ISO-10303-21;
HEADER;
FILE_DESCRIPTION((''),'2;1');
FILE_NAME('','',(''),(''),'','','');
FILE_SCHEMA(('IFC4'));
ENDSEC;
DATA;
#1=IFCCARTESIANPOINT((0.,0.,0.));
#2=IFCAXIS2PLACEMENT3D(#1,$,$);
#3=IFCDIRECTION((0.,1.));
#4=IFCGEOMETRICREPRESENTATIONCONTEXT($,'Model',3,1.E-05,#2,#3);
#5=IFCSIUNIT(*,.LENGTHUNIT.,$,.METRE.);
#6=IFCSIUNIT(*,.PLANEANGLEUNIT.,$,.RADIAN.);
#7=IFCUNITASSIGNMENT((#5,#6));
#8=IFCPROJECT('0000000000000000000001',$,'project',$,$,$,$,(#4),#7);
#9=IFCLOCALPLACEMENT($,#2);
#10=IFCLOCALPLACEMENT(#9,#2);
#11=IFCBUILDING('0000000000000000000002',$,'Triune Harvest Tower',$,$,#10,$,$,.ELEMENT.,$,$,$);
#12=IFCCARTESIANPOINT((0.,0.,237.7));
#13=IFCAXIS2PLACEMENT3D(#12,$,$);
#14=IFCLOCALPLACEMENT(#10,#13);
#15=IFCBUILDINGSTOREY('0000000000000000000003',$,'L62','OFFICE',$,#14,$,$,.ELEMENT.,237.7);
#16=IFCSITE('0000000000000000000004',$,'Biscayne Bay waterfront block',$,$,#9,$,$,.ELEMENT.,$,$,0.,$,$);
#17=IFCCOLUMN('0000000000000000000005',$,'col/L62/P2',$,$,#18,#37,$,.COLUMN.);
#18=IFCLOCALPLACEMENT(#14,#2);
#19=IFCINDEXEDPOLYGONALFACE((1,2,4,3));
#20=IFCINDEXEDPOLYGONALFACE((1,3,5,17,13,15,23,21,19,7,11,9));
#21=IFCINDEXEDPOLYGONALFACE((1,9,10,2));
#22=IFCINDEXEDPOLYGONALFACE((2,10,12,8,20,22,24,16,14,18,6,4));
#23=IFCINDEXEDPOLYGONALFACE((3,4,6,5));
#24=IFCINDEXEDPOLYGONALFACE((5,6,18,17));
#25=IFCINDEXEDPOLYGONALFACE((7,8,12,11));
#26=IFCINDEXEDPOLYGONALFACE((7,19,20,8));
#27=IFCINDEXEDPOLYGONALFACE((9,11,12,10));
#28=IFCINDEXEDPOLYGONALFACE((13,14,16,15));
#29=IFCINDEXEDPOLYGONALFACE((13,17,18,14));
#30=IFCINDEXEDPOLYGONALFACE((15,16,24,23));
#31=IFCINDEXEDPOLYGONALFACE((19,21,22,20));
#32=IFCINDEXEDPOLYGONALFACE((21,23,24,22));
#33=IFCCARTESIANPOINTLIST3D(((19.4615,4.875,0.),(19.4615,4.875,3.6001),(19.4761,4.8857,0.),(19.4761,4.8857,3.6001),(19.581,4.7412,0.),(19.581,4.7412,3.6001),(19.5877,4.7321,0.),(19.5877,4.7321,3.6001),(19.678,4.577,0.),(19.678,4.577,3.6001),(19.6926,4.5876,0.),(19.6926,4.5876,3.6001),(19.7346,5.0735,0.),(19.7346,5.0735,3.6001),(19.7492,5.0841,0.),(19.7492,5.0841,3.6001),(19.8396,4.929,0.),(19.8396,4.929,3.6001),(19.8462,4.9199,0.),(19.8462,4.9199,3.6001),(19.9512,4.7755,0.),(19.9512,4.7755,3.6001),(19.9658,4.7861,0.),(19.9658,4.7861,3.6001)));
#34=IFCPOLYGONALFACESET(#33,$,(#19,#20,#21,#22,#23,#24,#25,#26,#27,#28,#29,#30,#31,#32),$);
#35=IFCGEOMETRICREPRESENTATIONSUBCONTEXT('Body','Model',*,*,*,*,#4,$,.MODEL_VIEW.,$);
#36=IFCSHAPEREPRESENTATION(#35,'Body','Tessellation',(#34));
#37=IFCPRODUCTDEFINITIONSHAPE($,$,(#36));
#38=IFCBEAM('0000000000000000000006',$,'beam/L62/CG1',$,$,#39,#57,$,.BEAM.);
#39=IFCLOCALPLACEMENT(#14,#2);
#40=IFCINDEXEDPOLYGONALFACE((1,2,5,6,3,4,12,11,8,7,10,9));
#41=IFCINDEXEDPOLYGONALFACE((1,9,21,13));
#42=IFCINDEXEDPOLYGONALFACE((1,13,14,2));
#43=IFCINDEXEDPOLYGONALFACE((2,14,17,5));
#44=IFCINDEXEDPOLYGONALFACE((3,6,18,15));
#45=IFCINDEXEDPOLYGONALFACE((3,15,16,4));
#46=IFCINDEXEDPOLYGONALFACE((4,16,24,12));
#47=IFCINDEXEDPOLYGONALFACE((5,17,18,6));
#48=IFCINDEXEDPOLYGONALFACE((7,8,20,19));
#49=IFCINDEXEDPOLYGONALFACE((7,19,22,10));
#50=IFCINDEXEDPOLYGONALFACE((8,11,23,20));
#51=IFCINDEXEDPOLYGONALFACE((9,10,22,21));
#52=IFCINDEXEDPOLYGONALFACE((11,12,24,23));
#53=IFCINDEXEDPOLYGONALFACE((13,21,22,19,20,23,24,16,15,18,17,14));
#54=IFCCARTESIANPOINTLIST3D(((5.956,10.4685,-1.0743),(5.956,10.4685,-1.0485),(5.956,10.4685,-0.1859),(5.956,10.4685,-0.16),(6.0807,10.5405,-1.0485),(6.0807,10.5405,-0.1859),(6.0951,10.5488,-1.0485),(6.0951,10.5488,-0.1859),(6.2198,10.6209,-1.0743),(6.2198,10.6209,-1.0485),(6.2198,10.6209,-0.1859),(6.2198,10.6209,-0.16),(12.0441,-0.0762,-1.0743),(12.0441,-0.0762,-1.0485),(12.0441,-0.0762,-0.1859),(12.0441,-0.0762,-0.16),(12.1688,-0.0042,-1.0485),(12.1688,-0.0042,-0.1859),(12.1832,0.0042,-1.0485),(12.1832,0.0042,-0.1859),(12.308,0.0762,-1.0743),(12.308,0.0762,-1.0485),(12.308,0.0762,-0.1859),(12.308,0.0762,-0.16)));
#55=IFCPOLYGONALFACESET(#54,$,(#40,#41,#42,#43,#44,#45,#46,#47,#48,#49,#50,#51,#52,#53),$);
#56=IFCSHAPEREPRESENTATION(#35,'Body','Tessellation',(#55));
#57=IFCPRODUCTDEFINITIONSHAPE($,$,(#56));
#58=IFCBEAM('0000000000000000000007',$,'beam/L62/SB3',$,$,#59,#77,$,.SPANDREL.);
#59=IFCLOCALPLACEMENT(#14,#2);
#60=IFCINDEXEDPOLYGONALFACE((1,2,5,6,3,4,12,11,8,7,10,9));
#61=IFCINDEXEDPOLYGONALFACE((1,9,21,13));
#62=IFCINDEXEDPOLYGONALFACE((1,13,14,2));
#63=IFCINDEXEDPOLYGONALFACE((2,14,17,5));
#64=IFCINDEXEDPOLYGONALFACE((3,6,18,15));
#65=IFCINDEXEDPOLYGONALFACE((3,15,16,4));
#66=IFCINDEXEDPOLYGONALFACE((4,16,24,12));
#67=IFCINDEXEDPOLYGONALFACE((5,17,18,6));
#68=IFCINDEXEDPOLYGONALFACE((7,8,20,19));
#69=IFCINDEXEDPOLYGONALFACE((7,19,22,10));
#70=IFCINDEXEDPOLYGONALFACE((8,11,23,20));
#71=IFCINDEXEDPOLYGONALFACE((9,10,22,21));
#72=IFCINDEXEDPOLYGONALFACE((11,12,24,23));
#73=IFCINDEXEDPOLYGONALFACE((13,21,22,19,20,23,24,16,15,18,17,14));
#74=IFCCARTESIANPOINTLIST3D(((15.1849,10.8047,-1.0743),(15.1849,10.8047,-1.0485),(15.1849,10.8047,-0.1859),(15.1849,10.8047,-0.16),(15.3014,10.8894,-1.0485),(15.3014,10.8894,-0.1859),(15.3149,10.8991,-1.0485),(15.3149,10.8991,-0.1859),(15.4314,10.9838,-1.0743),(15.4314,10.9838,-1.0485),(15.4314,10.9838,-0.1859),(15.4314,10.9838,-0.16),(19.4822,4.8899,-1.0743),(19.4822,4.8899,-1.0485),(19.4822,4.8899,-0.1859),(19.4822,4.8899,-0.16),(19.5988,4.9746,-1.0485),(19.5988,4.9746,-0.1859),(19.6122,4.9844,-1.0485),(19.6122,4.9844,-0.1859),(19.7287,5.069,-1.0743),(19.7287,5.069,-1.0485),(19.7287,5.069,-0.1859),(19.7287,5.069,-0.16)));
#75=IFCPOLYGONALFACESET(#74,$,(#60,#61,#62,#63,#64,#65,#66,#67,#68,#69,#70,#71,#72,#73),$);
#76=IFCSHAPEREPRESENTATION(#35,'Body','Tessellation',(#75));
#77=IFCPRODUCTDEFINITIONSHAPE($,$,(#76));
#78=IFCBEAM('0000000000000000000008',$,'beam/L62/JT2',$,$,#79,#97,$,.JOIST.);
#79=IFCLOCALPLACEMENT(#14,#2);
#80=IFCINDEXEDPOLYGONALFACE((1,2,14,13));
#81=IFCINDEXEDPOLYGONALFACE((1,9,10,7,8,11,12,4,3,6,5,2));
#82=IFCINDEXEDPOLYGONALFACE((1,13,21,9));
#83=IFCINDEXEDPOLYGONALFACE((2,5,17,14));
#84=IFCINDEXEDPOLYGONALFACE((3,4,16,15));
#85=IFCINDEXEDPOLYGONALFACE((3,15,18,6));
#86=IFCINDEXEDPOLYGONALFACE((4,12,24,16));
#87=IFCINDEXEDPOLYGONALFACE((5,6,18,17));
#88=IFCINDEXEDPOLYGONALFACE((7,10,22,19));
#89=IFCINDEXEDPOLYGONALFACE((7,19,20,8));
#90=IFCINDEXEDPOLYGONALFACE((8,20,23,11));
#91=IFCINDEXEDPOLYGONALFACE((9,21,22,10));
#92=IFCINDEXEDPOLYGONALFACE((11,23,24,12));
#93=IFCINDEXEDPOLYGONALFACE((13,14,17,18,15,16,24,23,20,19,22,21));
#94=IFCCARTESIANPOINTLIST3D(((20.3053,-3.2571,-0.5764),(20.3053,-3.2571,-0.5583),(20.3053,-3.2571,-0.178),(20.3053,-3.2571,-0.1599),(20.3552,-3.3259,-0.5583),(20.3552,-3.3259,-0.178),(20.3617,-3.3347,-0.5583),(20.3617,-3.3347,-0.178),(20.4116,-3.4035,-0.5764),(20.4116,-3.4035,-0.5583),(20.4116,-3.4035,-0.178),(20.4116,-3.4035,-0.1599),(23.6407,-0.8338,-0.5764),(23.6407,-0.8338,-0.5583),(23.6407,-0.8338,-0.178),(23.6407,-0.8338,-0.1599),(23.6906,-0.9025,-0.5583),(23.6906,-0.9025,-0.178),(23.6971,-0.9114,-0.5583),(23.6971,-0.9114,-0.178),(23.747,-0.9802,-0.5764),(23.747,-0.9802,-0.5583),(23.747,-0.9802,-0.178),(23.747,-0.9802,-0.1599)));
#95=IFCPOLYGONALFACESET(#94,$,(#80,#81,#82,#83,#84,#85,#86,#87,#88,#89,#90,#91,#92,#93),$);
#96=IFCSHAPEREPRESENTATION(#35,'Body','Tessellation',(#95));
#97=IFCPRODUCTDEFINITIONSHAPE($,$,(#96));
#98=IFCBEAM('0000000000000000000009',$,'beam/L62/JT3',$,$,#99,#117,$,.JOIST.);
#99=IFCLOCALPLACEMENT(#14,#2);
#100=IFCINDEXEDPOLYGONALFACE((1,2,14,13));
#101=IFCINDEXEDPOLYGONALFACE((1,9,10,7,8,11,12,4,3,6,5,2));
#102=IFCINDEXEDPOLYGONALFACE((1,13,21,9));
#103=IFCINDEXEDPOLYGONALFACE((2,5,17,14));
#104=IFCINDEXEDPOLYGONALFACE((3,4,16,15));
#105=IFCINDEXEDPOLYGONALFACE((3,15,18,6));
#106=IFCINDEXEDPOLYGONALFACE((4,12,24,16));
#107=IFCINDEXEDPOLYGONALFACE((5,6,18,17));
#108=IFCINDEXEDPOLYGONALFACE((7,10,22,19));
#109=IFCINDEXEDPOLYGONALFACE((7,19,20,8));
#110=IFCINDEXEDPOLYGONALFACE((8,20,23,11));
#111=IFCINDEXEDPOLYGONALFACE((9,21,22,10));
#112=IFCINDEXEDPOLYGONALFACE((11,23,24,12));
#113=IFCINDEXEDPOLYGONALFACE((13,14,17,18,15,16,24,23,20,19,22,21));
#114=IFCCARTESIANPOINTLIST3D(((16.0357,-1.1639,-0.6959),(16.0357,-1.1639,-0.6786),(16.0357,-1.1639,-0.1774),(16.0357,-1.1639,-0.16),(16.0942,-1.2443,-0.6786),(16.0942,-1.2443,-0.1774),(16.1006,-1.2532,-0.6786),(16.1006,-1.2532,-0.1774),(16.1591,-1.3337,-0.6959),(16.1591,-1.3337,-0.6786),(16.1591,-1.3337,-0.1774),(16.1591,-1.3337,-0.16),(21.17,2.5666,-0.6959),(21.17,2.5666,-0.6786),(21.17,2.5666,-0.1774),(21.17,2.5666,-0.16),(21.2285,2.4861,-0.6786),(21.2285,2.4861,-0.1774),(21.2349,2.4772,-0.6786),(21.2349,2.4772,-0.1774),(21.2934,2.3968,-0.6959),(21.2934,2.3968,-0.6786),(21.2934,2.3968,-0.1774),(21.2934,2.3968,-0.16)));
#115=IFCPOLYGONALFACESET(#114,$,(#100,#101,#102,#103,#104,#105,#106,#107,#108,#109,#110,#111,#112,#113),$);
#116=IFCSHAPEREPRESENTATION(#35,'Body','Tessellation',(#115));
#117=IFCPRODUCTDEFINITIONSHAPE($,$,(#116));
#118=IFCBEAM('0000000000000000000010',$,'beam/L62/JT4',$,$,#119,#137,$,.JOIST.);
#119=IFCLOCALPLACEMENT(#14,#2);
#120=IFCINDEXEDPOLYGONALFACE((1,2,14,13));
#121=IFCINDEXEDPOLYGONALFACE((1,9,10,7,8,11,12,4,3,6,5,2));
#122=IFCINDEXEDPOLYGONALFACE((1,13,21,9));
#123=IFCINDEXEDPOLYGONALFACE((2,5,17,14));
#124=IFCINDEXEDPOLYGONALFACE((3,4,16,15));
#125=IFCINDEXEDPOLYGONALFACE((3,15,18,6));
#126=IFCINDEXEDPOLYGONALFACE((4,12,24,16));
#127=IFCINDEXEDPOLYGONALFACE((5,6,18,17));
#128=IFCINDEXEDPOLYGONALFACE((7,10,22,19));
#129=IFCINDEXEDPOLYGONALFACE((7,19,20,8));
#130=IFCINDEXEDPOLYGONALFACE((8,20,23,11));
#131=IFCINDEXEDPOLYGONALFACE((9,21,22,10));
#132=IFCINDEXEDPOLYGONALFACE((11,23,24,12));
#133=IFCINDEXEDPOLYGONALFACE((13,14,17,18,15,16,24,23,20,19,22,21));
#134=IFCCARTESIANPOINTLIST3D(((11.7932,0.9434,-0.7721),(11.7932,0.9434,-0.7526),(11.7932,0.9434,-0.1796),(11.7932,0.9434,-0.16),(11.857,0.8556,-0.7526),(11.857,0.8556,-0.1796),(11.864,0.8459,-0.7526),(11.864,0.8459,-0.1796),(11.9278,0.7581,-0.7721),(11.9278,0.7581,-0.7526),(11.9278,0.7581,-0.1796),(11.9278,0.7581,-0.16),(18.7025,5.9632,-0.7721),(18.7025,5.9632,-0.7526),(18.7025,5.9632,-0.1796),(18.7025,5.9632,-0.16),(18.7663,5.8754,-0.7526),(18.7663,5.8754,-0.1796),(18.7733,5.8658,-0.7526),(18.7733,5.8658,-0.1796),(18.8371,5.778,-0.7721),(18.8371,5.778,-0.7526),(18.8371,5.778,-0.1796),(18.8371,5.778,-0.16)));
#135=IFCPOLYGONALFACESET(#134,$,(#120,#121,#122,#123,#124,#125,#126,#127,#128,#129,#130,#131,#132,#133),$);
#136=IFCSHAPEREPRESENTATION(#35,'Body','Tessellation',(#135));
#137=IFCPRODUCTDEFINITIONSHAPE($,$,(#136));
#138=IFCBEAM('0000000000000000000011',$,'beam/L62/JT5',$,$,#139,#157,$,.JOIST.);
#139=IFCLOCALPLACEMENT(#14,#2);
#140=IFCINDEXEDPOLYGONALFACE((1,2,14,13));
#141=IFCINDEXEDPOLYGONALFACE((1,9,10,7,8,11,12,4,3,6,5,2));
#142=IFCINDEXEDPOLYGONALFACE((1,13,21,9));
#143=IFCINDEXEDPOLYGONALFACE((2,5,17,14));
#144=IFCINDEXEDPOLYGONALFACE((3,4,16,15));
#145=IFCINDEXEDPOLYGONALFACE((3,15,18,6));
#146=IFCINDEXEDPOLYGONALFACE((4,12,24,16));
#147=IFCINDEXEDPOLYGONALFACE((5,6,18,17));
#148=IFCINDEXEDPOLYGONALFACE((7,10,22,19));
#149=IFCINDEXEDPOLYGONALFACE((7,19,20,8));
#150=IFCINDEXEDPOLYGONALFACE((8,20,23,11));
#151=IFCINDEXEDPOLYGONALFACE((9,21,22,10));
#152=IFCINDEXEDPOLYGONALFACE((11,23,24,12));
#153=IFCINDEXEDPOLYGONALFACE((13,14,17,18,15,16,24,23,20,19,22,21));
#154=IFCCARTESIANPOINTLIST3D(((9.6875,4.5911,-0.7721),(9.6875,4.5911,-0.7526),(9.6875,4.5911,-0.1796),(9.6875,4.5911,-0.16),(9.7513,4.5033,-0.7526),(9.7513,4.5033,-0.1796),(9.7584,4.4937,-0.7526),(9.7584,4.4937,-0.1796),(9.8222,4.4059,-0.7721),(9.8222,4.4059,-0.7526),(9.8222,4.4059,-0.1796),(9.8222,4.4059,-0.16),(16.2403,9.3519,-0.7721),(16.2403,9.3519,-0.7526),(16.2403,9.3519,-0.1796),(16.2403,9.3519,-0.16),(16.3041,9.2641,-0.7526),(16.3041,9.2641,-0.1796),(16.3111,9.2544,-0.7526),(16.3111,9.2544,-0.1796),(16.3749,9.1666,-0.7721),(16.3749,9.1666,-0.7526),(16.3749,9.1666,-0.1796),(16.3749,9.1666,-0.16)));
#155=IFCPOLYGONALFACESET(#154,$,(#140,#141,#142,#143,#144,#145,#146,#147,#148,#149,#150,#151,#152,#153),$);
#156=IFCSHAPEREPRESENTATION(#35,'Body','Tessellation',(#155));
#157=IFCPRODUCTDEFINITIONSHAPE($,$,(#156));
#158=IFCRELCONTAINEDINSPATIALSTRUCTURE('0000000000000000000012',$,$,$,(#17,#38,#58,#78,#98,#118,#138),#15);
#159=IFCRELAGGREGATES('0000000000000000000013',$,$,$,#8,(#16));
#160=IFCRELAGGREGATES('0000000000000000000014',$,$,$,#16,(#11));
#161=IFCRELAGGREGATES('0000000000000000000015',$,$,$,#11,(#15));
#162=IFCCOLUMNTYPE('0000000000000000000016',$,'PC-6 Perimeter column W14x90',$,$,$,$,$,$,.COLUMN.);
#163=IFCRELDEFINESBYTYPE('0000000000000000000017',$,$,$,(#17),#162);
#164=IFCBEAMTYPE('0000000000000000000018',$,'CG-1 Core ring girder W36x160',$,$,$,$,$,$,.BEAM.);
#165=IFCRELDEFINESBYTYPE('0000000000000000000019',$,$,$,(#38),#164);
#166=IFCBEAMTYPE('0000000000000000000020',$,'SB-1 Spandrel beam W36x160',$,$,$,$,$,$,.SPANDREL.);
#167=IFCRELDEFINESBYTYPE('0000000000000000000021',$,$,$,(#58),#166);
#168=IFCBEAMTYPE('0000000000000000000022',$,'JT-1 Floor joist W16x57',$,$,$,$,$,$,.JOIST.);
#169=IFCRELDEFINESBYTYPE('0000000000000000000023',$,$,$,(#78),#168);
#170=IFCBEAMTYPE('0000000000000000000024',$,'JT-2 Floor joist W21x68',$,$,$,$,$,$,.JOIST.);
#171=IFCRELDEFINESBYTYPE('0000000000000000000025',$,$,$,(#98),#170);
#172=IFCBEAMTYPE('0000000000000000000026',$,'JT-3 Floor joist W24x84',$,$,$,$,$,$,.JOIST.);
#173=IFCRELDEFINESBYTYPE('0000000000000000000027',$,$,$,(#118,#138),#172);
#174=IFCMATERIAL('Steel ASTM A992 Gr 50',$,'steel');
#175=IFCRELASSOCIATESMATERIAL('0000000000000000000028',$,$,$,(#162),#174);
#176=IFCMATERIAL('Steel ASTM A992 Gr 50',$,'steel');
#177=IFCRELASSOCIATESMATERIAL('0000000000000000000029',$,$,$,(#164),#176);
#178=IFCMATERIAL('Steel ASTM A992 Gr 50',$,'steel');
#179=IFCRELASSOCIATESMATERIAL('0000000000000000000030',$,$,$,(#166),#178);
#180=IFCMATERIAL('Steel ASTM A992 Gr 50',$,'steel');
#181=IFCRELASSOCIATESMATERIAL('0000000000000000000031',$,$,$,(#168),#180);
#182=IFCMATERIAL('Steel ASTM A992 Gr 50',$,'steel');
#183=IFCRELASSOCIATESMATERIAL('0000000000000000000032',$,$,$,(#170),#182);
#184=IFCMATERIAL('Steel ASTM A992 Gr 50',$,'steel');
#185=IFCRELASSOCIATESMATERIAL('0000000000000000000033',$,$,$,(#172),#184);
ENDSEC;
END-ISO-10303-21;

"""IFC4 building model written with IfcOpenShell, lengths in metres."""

from ifc_helpers import new_model, si_unit, direction, frame, origin, origin_2d, place, context, subcontext, project, spatial, i_section, extrude, source, transform, mapped, material, material_profile, profile_set, type_object, element, save


model = new_model("IFC4")

# Units and contexts
model_context = context("Model", 3, precision=1e-05, world=origin(), true_north=direction((0.0, 1.0)))
body_context = subcontext(model_context, "Body", "Model", "MODEL_VIEW")
ifc_project = project(units=[si_unit("LENGTHUNIT", "METRE"), si_unit("PLANEANGLEUNIT", "RADIAN")], contexts=[model_context])

# Site, building, storey
site_placement = place(None, origin())
site = spatial("IfcSite", under=ifc_project, at=site_placement, Name="Biscayne Bay waterfront block", CompositionType="ELEMENT", RefElevation=0.0)
building_placement = place(site_placement, origin())
building = spatial("IfcBuilding", under=site, at=building_placement, Name="Triune Harvest Tower", CompositionType="ELEMENT")
storey_placement = place(building_placement, frame((0.0, 0.0, 237.7)))
storey = spatial("IfcBuildingStorey", under=building, at=storey_placement, Name="L62", Description="OFFICE", CompositionType="ELEMENT", Elevation=237.7)

# Column
ifc_material_1 = material(Name="Steel ASTM A992 Gr 50", Category="steel")
ifc_material_profile_1 = material_profile(ifc_material_1, i_section(OverallWidth=0.3684, OverallDepth=0.3557, WebThickness=0.0112, FlangeThickness=0.0181, at=origin_2d()), Name="W14x90")
ifc_profile_set_1 = profile_set([ifc_material_profile_1], Name="Steel ASTM A992 Gr 50")
column_type = type_object("IfcColumnType", Name="PC-6 Perimeter column W14x90", PredefinedType="COLUMN", material=ifc_profile_set_1)
shared_shape_1 = source(origin(), body_context, "Body", "SweptSolid", [
    extrude(i_section(OverallWidth=0.3684, OverallDepth=0.3557, WebThickness=0.0112, FlangeThickness=0.0181, at=origin_2d()), origin(), (0.0, 0.0, 1.0), 3.6001),
])
column_placement = place(storey_placement, frame((19.7136, 4.8306, 0.0), z_axis=(0.0, 0.0, 1.0), x_axis=(-0.587785, 0.809017, 0.0)))
element("IfcColumn", 1, at=column_placement, inside=storey, type_object=column_type, Name="col/L62/P2", PredefinedType="COLUMN", context=body_context, shape_type="MappedRepresentation", body=[
    mapped(shared_shape_1, transform((0.0, 0.0, 0.0), scale=1.0)),
])

# Beams
ifc_material_2 = material(Name="Steel ASTM A992 Gr 50", Category="steel")
ifc_material_profile_2 = material_profile(ifc_material_2, i_section(OverallWidth=0.3047, OverallDepth=0.9143, WebThickness=0.0166, FlangeThickness=0.0259, at=origin_2d()), Name="W36x160")
ifc_profile_set_2 = profile_set([ifc_material_profile_2], Name="Steel ASTM A992 Gr 50")
beam_type_1 = type_object("IfcBeamType", Name="CG-1 Core ring girder W36x160", PredefinedType="BEAM", material=ifc_profile_set_2)
shared_shape_2 = source(origin(), body_context, "Body", "SweptSolid", [
    extrude(i_section(OverallWidth=0.3047, OverallDepth=0.9143, WebThickness=0.0166, FlangeThickness=0.0259, at=origin_2d()), origin(), (0.0, 0.0, 1.0), 12.176),
])
beam_1_placement = place(storey_placement, frame((12.176, 0.0, -0.6172), z_axis=(-0.50001, 0.86602, 0.0), x_axis=(-0.86602, -0.50001, 0.0)))
element("IfcBeam", 2, at=beam_1_placement, inside=storey, type_object=beam_type_1, Name="beam/L62/CG1", PredefinedType="BEAM", context=body_context, shape_type="MappedRepresentation", body=[
    mapped(shared_shape_2, transform((0.0, 0.0, 0.0), scale=1.0)),
])
ifc_material_3 = material(Name="Steel ASTM A992 Gr 50", Category="steel")
ifc_material_profile_3 = material_profile(ifc_material_3, i_section(OverallWidth=0.3047, OverallDepth=0.9143, WebThickness=0.0166, FlangeThickness=0.0259, at=origin_2d()), Name="W36x160")
ifc_profile_set_3 = profile_set([ifc_material_profile_3], Name="Steel ASTM A992 Gr 50")
beam_type_2 = type_object("IfcBeamType", Name="SB-1 Spandrel beam W36x160", PredefinedType="SPANDREL", material=ifc_profile_set_3)
shared_shape_3 = source(origin(), body_context, "Body", "SweptSolid", [
    extrude(i_section(OverallWidth=0.3047, OverallDepth=0.9143, WebThickness=0.0166, FlangeThickness=0.0259, at=origin_2d()), origin(), (0.0, 0.0, 1.0), 7.311),
])
beam_2_placement = place(storey_placement, frame((19.6055, 4.9795, -0.6172), z_axis=(-0.587786, 0.809016, 0.0), x_axis=(-0.809016, -0.587786, 0.0)))
element("IfcBeam", 3, at=beam_2_placement, inside=storey, type_object=beam_type_2, Name="beam/L62/SB3", PredefinedType="SPANDREL", context=body_context, shape_type="MappedRepresentation", body=[
    mapped(shared_shape_3, transform((0.0, 0.0, 0.0), scale=1.0)),
])
ifc_material_4 = material(Name="Steel ASTM A992 Gr 50", Category="steel")
ifc_material_profile_4 = material_profile(ifc_material_4, i_section(OverallWidth=0.1809, OverallDepth=0.4165, WebThickness=0.011, FlangeThickness=0.0181, at=origin_2d()), Name="W16x57")
ifc_profile_set_4 = profile_set([ifc_material_profile_4], Name="Steel ASTM A992 Gr 50")
beam_type_3 = type_object("IfcBeamType", Name="JT-1 Floor joist W16x57", PredefinedType="JOIST", material=ifc_profile_set_4)
shared_shape_4 = source(origin(), body_context, "Body", "SweptSolid", [
    extrude(i_section(OverallWidth=0.1809, OverallDepth=0.4165, WebThickness=0.011, FlangeThickness=0.0181, at=origin_2d()), origin(), (0.0, 0.0, 1.0), 4.1228),
])
beam_3_placement = place(storey_placement, frame((23.6938, -0.907, -0.3682), z_axis=(-0.809018, -0.587784, 0.0), x_axis=(0.587784, -0.809018, 0.0)))
element("IfcBeam", 4, at=beam_3_placement, inside=storey, type_object=beam_type_3, Name="beam/L62/JT2", PredefinedType="JOIST", context=body_context, shape_type="MappedRepresentation", body=[
    mapped(shared_shape_4, transform((0.0, 0.0, 0.0), scale=1.0)),
])
ifc_material_5 = material(Name="Steel ASTM A992 Gr 50", Category="steel")
ifc_material_profile_5 = material_profile(ifc_material_5, i_section(OverallWidth=0.21, OverallDepth=0.5359, WebThickness=0.011, FlangeThickness=0.0173, at=origin_2d()), Name="W21x68")
ifc_profile_set_5 = profile_set([ifc_material_profile_5], Name="Steel ASTM A992 Gr 50")
beam_type_4 = type_object("IfcBeamType", Name="JT-2 Floor joist W21x68", PredefinedType="JOIST", material=ifc_profile_set_5)
shared_shape_5 = source(origin(), body_context, "Body", "SweptSolid", [
    extrude(i_section(OverallWidth=0.21, OverallDepth=0.5359, WebThickness=0.011, FlangeThickness=0.0173, at=origin_2d()), origin(), (0.0, 0.0, 1.0), 6.3464),
])
beam_4_placement = place(storey_placement, frame((21.2317, 2.4817, -0.428), z_axis=(-0.809002, -0.587806, 0.0), x_axis=(0.587806, -0.809002, 0.0)))
element("IfcBeam", 5, at=beam_4_placement, inside=storey, type_object=beam_type_4, Name="beam/L62/JT3", PredefinedType="JOIST", context=body_context, shape_type="MappedRepresentation", body=[
    mapped(shared_shape_5, transform((0.0, 0.0, 0.0), scale=1.0)),
])
ifc_material_6 = material(Name="Steel ASTM A992 Gr 50", Category="steel")
ifc_material_profile_6 = material_profile(ifc_material_6, i_section(OverallWidth=0.229, OverallDepth=0.6121, WebThickness=0.012, FlangeThickness=0.0195, at=origin_2d()), Name="W24x84")
ifc_profile_set_6 = profile_set([ifc_material_profile_6], Name="Steel ASTM A992 Gr 50")
beam_type_5 = type_object("IfcBeamType", Name="JT-3 Floor joist W24x84", PredefinedType="JOIST", material=ifc_profile_set_6)
shared_shape_6 = source(origin(), body_context, "Body", "SweptSolid", [
    extrude(i_section(OverallWidth=0.229, OverallDepth=0.6121, WebThickness=0.012, FlangeThickness=0.0195, at=origin_2d()), origin(), (0.0, 0.0, 1.0), 8.5403),
])
beam_5_placement = place(storey_placement, frame((18.7698, 5.8706, -0.4661), z_axis=(-0.809019, -0.587782, 0.0), x_axis=(0.587782, -0.809019, 0.0)))
element("IfcBeam", 6, at=beam_5_placement, inside=storey, type_object=beam_type_5, Name="beam/L62/JT4", PredefinedType="JOIST", context=body_context, shape_type="MappedRepresentation", body=[
    mapped(shared_shape_6, transform((0.0, 0.0, 0.0), scale=1.0)),
])
shared_shape_7 = source(origin(), body_context, "Body", "SweptSolid", [
    extrude(i_section(OverallWidth=0.229, OverallDepth=0.6121, WebThickness=0.012, FlangeThickness=0.0195, at=origin_2d()), origin(), (0.0, 0.0, 1.0), 8.0996),
])
beam_6_placement = place(storey_placement, frame((16.3076, 9.2593, -0.4661), z_axis=(-0.809023, -0.587777, 0.0), x_axis=(0.587777, -0.809023, 0.0)))
element("IfcBeam", 7, at=beam_6_placement, inside=storey, type_object=beam_type_5, Name="beam/L62/JT5", PredefinedType="JOIST", context=body_context, shape_type="MappedRepresentation", body=[
    mapped(shared_shape_7, transform((0.0, 0.0, 0.0), scale=1.0)),
])

save(model, "model.ifc")
